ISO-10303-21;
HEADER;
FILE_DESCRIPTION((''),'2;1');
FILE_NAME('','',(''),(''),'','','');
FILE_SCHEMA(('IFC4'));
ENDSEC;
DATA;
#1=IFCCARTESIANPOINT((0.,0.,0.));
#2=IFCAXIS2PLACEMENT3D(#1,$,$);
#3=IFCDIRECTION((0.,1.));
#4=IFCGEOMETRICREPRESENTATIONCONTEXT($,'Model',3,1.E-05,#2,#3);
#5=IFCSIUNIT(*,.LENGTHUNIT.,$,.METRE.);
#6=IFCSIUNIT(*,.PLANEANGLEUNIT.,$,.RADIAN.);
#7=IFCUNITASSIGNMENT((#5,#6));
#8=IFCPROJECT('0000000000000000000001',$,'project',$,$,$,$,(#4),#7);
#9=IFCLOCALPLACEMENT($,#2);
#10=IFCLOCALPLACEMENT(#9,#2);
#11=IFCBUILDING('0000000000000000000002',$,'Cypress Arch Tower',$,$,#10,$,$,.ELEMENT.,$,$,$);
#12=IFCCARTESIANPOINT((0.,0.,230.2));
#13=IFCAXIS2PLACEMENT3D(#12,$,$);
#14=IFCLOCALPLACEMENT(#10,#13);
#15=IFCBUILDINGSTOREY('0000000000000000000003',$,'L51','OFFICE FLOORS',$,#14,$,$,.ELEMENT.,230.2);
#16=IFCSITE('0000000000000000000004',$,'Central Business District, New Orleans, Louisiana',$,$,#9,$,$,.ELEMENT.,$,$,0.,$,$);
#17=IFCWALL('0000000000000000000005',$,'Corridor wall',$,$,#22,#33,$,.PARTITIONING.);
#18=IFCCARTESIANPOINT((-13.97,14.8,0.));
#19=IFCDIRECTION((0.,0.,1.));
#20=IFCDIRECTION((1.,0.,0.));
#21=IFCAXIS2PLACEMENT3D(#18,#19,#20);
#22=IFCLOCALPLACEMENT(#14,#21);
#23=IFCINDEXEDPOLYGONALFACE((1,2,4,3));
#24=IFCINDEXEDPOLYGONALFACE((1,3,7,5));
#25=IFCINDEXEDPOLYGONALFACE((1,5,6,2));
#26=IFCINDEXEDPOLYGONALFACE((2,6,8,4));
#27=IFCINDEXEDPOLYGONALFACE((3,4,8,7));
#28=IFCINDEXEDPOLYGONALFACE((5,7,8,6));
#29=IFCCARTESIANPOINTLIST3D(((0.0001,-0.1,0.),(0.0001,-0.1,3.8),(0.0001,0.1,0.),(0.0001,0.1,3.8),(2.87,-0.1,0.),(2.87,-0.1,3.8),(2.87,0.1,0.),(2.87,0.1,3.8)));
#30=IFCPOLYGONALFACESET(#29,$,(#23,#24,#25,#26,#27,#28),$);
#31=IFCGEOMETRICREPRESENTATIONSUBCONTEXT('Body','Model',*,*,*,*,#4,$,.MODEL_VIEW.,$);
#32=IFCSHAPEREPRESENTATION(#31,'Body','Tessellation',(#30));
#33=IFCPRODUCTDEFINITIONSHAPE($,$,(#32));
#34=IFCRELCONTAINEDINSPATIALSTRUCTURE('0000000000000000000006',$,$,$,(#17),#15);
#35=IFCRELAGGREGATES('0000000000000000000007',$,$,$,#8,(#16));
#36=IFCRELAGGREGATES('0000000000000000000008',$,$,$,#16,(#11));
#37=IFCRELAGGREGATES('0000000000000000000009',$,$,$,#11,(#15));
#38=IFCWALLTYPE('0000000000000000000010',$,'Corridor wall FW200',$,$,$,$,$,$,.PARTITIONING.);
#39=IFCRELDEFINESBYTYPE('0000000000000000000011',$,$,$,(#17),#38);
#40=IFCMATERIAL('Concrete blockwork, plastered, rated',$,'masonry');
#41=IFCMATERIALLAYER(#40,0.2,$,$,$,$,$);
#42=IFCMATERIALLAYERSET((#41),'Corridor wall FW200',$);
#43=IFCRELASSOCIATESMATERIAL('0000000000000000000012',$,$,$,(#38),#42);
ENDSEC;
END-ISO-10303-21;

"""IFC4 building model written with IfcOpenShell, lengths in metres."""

from ifc_helpers import new_model, si_unit, direction, frame, frame_2d, origin, place, context, subcontext, project, spatial, rectangle, extrude, material, layer, layer_set, type_object, element, save


model = new_model("IFC4")

# Units and contexts
model_context = context("Model", 3, precision=1e-05, world=origin(), true_north=direction((0.0, 1.0)))
body_context = subcontext(model_context, "Body", "Model", "MODEL_VIEW")
ifc_project = project(units=[si_unit("LENGTHUNIT", "METRE"), si_unit("PLANEANGLEUNIT", "RADIAN")], contexts=[model_context])

# Site, building, storey
site_placement = place(None, origin())
site = spatial("IfcSite", under=ifc_project, at=site_placement, Name="Central Business District, New Orleans, Louisiana", CompositionType="ELEMENT", RefElevation=0.0)
building_placement = place(site_placement, origin())
building = spatial("IfcBuilding", under=site, at=building_placement, Name="Cypress Arch Tower", CompositionType="ELEMENT")
storey_placement = place(building_placement, frame((0.0, 0.0, 230.2)))
storey = spatial("IfcBuildingStorey", under=building, at=storey_placement, Name="L51", Description="OFFICE FLOORS", CompositionType="ELEMENT", Elevation=230.2)

# Wall
ifc_material_1 = material(Name="Concrete blockwork, plastered, rated", Category="masonry")
ifc_layer_1 = layer(ifc_material_1, 0.2)
ifc_layer_set_1 = layer_set([ifc_layer_1], Name="Corridor wall FW200")
wall_type_1 = type_object("IfcWallType", Name="Corridor wall FW200", PredefinedType="PARTITIONING", material=ifc_layer_set_1)
wall_1_placement = place(storey_placement, frame((-13.97, 14.8, 0.0), z_axis=(0.0, 0.0, 1.0), x_axis=(1.0, 0.0, 0.0)))
element("IfcWall", 1, at=wall_1_placement, inside=storey, type_object=wall_type_1, Name="Corridor wall", PredefinedType="PARTITIONING", context=body_context, shape_type="SweptSolid", body=[
    extrude(rectangle(XDim=2.8699, YDim=0.2, at=frame_2d((1.4351, 0.0))), origin(), (0.0, 0.0, 1.0), 3.8),
])

save(model, "model.ifc")
